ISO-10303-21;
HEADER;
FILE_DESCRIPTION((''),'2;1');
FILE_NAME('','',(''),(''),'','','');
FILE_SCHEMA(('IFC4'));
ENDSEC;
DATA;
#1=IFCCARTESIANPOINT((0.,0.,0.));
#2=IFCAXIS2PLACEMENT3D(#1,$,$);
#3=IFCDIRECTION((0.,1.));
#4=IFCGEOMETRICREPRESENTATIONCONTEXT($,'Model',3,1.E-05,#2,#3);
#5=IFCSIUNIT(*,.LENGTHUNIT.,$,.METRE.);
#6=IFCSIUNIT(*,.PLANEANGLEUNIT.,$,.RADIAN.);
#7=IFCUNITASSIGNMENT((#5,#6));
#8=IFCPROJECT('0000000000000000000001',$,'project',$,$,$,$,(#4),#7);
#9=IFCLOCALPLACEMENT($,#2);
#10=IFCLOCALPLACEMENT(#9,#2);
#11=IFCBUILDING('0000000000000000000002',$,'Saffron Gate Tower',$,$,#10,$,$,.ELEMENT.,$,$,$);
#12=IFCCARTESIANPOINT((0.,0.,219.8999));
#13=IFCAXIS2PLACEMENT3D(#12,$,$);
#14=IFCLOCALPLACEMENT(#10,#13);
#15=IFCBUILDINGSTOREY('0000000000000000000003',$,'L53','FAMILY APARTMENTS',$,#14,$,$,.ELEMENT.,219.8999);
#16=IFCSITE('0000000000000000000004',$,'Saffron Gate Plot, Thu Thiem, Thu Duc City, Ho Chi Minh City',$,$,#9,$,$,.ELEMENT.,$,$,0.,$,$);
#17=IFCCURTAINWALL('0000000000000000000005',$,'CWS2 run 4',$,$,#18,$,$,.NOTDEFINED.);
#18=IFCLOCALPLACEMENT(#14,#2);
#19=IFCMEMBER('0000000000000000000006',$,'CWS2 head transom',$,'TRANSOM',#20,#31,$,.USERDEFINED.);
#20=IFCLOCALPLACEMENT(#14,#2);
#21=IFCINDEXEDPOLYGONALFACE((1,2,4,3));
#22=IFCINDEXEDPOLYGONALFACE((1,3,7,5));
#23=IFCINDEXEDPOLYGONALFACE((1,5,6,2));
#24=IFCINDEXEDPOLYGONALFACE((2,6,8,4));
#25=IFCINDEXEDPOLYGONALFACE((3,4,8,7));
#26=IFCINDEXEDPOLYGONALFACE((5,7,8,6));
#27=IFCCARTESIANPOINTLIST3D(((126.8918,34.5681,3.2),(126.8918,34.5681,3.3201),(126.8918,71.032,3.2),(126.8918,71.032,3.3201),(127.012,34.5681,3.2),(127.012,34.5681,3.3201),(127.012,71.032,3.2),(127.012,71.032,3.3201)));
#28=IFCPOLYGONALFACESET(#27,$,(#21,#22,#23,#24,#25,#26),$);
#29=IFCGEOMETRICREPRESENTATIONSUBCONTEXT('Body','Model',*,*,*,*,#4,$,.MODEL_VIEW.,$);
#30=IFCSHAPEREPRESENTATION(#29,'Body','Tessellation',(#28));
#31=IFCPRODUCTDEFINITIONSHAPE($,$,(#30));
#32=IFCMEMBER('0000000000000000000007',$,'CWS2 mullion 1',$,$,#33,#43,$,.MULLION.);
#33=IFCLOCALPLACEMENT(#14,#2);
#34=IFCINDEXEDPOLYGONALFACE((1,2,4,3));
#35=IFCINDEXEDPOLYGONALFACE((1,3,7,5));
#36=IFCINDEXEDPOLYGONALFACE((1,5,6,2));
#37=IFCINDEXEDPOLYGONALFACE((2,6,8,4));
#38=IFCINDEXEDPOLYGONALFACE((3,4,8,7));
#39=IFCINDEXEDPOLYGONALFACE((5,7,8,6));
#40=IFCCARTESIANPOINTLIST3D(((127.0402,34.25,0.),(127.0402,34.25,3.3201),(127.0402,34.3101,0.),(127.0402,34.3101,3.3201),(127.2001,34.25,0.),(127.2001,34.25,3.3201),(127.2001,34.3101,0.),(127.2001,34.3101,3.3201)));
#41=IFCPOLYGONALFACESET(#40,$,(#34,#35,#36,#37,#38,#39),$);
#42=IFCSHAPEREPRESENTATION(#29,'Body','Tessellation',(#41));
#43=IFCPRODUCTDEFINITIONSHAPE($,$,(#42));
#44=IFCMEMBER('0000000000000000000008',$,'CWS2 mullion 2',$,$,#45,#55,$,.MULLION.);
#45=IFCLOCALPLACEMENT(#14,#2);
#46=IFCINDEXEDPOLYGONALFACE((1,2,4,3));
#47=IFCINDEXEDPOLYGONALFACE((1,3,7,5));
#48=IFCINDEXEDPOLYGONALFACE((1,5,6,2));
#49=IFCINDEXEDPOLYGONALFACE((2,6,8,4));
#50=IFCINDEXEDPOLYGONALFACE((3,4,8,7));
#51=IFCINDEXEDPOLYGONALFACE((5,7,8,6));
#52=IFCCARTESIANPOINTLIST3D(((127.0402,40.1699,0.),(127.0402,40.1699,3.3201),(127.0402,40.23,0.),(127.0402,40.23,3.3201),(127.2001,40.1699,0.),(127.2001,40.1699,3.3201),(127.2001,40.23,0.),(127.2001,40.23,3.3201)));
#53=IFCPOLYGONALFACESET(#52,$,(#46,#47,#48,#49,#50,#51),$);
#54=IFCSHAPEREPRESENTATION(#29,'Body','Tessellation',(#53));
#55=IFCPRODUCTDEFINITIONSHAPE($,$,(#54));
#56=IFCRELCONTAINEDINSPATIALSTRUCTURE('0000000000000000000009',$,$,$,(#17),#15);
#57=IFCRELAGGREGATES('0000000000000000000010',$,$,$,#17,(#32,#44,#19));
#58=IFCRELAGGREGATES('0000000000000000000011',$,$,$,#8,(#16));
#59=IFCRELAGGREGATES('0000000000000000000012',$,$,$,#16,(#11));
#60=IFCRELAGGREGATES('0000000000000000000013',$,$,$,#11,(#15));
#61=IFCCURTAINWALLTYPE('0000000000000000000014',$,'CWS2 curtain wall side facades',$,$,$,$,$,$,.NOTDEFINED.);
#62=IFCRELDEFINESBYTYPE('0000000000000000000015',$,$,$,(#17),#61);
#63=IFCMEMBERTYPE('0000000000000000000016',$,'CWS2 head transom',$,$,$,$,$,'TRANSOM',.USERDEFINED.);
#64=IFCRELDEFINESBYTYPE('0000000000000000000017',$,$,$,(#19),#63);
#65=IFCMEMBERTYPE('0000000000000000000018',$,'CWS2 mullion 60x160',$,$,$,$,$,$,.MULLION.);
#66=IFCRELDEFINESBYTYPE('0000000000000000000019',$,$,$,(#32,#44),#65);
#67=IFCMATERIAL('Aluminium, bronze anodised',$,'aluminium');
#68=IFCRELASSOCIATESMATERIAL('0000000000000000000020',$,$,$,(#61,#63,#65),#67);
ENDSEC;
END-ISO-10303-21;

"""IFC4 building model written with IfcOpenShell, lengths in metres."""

from ifc_helpers import new_model, si_unit, direction, frame, origin, origin_2d, place, context, subcontext, project, spatial, rectangle, extrude, material, material_profile, profile_set, type_object, element, aggregate, save


model = new_model("IFC4")

# Units and contexts
model_context = context("Model", 3, precision=1e-05, world=origin(), true_north=direction((0.0, 1.0)))
body_context = subcontext(model_context, "Body", "Model", "MODEL_VIEW")
ifc_project = project(units=[si_unit("LENGTHUNIT", "METRE"), si_unit("PLANEANGLEUNIT", "RADIAN")], contexts=[model_context])

# Site, building, storey
site_placement = place(None, origin())
site = spatial("IfcSite", under=ifc_project, at=site_placement, Name="Saffron Gate Plot, Thu Thiem, Thu Duc City, Ho Chi Minh City", CompositionType="ELEMENT", RefElevation=0.0)
building_placement = place(site_placement, origin())
building = spatial("IfcBuilding", under=site, at=building_placement, Name="Saffron Gate Tower", CompositionType="ELEMENT")
storey_placement = place(building_placement, frame((0.0, 0.0, 219.8999)))
storey = spatial("IfcBuildingStorey", under=building, at=storey_placement, Name="L53", Description="FAMILY APARTMENTS", CompositionType="ELEMENT", Elevation=219.8999)

# Curtain wall, members
ifc_material_1 = material(Name="Aluminium, bronze anodised", Category="aluminium")
curtain_wall_type = type_object("IfcCurtainWallType", Name="CWS2 curtain wall side facades", PredefinedType="NOTDEFINED", material=ifc_material_1)
curtain_wall_placement = place(storey_placement, origin())
curtain_wall = element("IfcCurtainWall", 1, at=curtain_wall_placement, inside=storey, type_object=curtain_wall_type, Name="CWS2 run 4", PredefinedType="NOTDEFINED")
ifc_material_profile_1 = material_profile(ifc_material_1, rectangle(XDim=0.1201, YDim=0.1201, at=origin_2d()))
ifc_profile_set_1 = profile_set([ifc_material_profile_1], Name="Aluminium, bronze anodised")
member_type_1 = type_object("IfcMemberType", Name="CWS2 head transom", ElementType="TRANSOM", PredefinedType="USERDEFINED", material=ifc_profile_set_1)
member_1_placement = place(storey_placement, frame((126.9519, 34.5681, 3.26), z_axis=(0.0, 1.0, 0.0), x_axis=(-1.0, 0.0, 0.0)))
member_1 = element("IfcMember", 2, at=member_1_placement, type_object=member_type_1, Name="CWS2 head transom", ObjectType="TRANSOM", PredefinedType="USERDEFINED", context=body_context, shape_type="SweptSolid", body=[
    extrude(rectangle(XDim=0.1201, YDim=0.1201, at=origin_2d()), origin(), (0.0, 0.0, 1.0), 36.4639),
])
ifc_material_profile_2 = material_profile(ifc_material_1, rectangle(XDim=0.1599, YDim=0.0601, at=origin_2d()))
ifc_profile_set_2 = profile_set([ifc_material_profile_2], Name="Aluminium, bronze anodised")
member_type_2 = type_object("IfcMemberType", Name="CWS2 mullion 60x160", PredefinedType="MULLION", material=ifc_profile_set_2)
member_2_placement = place(storey_placement, frame((127.1201, 34.28, 0.0), z_axis=(0.0, 0.0, 1.0), x_axis=(-1.0, 0.0, 0.0)))
member_2 = element("IfcMember", 3, at=member_2_placement, type_object=member_type_2, Name="CWS2 mullion 1", PredefinedType="MULLION", context=body_context, shape_type="SweptSolid", body=[
    extrude(rectangle(XDim=0.1599, YDim=0.0601, at=origin_2d()), origin(), (0.0, 0.0, 1.0), 3.3201),
])
member_3_placement = place(storey_placement, frame((127.1201, 40.2, 0.0), z_axis=(0.0, 0.0, 1.0), x_axis=(-1.0, 0.0, 0.0)))
member_3 = element("IfcMember", 4, at=member_3_placement, type_object=member_type_2, Name="CWS2 mullion 2", PredefinedType="MULLION", context=body_context, shape_type="SweptSolid", body=[
    extrude(rectangle(XDim=0.1599, YDim=0.0601, at=origin_2d()), origin(), (0.0, 0.0, 1.0), 3.3201),
])
aggregate(curtain_wall, [member_2, member_3, member_1])

save(model, "model.ifc")
